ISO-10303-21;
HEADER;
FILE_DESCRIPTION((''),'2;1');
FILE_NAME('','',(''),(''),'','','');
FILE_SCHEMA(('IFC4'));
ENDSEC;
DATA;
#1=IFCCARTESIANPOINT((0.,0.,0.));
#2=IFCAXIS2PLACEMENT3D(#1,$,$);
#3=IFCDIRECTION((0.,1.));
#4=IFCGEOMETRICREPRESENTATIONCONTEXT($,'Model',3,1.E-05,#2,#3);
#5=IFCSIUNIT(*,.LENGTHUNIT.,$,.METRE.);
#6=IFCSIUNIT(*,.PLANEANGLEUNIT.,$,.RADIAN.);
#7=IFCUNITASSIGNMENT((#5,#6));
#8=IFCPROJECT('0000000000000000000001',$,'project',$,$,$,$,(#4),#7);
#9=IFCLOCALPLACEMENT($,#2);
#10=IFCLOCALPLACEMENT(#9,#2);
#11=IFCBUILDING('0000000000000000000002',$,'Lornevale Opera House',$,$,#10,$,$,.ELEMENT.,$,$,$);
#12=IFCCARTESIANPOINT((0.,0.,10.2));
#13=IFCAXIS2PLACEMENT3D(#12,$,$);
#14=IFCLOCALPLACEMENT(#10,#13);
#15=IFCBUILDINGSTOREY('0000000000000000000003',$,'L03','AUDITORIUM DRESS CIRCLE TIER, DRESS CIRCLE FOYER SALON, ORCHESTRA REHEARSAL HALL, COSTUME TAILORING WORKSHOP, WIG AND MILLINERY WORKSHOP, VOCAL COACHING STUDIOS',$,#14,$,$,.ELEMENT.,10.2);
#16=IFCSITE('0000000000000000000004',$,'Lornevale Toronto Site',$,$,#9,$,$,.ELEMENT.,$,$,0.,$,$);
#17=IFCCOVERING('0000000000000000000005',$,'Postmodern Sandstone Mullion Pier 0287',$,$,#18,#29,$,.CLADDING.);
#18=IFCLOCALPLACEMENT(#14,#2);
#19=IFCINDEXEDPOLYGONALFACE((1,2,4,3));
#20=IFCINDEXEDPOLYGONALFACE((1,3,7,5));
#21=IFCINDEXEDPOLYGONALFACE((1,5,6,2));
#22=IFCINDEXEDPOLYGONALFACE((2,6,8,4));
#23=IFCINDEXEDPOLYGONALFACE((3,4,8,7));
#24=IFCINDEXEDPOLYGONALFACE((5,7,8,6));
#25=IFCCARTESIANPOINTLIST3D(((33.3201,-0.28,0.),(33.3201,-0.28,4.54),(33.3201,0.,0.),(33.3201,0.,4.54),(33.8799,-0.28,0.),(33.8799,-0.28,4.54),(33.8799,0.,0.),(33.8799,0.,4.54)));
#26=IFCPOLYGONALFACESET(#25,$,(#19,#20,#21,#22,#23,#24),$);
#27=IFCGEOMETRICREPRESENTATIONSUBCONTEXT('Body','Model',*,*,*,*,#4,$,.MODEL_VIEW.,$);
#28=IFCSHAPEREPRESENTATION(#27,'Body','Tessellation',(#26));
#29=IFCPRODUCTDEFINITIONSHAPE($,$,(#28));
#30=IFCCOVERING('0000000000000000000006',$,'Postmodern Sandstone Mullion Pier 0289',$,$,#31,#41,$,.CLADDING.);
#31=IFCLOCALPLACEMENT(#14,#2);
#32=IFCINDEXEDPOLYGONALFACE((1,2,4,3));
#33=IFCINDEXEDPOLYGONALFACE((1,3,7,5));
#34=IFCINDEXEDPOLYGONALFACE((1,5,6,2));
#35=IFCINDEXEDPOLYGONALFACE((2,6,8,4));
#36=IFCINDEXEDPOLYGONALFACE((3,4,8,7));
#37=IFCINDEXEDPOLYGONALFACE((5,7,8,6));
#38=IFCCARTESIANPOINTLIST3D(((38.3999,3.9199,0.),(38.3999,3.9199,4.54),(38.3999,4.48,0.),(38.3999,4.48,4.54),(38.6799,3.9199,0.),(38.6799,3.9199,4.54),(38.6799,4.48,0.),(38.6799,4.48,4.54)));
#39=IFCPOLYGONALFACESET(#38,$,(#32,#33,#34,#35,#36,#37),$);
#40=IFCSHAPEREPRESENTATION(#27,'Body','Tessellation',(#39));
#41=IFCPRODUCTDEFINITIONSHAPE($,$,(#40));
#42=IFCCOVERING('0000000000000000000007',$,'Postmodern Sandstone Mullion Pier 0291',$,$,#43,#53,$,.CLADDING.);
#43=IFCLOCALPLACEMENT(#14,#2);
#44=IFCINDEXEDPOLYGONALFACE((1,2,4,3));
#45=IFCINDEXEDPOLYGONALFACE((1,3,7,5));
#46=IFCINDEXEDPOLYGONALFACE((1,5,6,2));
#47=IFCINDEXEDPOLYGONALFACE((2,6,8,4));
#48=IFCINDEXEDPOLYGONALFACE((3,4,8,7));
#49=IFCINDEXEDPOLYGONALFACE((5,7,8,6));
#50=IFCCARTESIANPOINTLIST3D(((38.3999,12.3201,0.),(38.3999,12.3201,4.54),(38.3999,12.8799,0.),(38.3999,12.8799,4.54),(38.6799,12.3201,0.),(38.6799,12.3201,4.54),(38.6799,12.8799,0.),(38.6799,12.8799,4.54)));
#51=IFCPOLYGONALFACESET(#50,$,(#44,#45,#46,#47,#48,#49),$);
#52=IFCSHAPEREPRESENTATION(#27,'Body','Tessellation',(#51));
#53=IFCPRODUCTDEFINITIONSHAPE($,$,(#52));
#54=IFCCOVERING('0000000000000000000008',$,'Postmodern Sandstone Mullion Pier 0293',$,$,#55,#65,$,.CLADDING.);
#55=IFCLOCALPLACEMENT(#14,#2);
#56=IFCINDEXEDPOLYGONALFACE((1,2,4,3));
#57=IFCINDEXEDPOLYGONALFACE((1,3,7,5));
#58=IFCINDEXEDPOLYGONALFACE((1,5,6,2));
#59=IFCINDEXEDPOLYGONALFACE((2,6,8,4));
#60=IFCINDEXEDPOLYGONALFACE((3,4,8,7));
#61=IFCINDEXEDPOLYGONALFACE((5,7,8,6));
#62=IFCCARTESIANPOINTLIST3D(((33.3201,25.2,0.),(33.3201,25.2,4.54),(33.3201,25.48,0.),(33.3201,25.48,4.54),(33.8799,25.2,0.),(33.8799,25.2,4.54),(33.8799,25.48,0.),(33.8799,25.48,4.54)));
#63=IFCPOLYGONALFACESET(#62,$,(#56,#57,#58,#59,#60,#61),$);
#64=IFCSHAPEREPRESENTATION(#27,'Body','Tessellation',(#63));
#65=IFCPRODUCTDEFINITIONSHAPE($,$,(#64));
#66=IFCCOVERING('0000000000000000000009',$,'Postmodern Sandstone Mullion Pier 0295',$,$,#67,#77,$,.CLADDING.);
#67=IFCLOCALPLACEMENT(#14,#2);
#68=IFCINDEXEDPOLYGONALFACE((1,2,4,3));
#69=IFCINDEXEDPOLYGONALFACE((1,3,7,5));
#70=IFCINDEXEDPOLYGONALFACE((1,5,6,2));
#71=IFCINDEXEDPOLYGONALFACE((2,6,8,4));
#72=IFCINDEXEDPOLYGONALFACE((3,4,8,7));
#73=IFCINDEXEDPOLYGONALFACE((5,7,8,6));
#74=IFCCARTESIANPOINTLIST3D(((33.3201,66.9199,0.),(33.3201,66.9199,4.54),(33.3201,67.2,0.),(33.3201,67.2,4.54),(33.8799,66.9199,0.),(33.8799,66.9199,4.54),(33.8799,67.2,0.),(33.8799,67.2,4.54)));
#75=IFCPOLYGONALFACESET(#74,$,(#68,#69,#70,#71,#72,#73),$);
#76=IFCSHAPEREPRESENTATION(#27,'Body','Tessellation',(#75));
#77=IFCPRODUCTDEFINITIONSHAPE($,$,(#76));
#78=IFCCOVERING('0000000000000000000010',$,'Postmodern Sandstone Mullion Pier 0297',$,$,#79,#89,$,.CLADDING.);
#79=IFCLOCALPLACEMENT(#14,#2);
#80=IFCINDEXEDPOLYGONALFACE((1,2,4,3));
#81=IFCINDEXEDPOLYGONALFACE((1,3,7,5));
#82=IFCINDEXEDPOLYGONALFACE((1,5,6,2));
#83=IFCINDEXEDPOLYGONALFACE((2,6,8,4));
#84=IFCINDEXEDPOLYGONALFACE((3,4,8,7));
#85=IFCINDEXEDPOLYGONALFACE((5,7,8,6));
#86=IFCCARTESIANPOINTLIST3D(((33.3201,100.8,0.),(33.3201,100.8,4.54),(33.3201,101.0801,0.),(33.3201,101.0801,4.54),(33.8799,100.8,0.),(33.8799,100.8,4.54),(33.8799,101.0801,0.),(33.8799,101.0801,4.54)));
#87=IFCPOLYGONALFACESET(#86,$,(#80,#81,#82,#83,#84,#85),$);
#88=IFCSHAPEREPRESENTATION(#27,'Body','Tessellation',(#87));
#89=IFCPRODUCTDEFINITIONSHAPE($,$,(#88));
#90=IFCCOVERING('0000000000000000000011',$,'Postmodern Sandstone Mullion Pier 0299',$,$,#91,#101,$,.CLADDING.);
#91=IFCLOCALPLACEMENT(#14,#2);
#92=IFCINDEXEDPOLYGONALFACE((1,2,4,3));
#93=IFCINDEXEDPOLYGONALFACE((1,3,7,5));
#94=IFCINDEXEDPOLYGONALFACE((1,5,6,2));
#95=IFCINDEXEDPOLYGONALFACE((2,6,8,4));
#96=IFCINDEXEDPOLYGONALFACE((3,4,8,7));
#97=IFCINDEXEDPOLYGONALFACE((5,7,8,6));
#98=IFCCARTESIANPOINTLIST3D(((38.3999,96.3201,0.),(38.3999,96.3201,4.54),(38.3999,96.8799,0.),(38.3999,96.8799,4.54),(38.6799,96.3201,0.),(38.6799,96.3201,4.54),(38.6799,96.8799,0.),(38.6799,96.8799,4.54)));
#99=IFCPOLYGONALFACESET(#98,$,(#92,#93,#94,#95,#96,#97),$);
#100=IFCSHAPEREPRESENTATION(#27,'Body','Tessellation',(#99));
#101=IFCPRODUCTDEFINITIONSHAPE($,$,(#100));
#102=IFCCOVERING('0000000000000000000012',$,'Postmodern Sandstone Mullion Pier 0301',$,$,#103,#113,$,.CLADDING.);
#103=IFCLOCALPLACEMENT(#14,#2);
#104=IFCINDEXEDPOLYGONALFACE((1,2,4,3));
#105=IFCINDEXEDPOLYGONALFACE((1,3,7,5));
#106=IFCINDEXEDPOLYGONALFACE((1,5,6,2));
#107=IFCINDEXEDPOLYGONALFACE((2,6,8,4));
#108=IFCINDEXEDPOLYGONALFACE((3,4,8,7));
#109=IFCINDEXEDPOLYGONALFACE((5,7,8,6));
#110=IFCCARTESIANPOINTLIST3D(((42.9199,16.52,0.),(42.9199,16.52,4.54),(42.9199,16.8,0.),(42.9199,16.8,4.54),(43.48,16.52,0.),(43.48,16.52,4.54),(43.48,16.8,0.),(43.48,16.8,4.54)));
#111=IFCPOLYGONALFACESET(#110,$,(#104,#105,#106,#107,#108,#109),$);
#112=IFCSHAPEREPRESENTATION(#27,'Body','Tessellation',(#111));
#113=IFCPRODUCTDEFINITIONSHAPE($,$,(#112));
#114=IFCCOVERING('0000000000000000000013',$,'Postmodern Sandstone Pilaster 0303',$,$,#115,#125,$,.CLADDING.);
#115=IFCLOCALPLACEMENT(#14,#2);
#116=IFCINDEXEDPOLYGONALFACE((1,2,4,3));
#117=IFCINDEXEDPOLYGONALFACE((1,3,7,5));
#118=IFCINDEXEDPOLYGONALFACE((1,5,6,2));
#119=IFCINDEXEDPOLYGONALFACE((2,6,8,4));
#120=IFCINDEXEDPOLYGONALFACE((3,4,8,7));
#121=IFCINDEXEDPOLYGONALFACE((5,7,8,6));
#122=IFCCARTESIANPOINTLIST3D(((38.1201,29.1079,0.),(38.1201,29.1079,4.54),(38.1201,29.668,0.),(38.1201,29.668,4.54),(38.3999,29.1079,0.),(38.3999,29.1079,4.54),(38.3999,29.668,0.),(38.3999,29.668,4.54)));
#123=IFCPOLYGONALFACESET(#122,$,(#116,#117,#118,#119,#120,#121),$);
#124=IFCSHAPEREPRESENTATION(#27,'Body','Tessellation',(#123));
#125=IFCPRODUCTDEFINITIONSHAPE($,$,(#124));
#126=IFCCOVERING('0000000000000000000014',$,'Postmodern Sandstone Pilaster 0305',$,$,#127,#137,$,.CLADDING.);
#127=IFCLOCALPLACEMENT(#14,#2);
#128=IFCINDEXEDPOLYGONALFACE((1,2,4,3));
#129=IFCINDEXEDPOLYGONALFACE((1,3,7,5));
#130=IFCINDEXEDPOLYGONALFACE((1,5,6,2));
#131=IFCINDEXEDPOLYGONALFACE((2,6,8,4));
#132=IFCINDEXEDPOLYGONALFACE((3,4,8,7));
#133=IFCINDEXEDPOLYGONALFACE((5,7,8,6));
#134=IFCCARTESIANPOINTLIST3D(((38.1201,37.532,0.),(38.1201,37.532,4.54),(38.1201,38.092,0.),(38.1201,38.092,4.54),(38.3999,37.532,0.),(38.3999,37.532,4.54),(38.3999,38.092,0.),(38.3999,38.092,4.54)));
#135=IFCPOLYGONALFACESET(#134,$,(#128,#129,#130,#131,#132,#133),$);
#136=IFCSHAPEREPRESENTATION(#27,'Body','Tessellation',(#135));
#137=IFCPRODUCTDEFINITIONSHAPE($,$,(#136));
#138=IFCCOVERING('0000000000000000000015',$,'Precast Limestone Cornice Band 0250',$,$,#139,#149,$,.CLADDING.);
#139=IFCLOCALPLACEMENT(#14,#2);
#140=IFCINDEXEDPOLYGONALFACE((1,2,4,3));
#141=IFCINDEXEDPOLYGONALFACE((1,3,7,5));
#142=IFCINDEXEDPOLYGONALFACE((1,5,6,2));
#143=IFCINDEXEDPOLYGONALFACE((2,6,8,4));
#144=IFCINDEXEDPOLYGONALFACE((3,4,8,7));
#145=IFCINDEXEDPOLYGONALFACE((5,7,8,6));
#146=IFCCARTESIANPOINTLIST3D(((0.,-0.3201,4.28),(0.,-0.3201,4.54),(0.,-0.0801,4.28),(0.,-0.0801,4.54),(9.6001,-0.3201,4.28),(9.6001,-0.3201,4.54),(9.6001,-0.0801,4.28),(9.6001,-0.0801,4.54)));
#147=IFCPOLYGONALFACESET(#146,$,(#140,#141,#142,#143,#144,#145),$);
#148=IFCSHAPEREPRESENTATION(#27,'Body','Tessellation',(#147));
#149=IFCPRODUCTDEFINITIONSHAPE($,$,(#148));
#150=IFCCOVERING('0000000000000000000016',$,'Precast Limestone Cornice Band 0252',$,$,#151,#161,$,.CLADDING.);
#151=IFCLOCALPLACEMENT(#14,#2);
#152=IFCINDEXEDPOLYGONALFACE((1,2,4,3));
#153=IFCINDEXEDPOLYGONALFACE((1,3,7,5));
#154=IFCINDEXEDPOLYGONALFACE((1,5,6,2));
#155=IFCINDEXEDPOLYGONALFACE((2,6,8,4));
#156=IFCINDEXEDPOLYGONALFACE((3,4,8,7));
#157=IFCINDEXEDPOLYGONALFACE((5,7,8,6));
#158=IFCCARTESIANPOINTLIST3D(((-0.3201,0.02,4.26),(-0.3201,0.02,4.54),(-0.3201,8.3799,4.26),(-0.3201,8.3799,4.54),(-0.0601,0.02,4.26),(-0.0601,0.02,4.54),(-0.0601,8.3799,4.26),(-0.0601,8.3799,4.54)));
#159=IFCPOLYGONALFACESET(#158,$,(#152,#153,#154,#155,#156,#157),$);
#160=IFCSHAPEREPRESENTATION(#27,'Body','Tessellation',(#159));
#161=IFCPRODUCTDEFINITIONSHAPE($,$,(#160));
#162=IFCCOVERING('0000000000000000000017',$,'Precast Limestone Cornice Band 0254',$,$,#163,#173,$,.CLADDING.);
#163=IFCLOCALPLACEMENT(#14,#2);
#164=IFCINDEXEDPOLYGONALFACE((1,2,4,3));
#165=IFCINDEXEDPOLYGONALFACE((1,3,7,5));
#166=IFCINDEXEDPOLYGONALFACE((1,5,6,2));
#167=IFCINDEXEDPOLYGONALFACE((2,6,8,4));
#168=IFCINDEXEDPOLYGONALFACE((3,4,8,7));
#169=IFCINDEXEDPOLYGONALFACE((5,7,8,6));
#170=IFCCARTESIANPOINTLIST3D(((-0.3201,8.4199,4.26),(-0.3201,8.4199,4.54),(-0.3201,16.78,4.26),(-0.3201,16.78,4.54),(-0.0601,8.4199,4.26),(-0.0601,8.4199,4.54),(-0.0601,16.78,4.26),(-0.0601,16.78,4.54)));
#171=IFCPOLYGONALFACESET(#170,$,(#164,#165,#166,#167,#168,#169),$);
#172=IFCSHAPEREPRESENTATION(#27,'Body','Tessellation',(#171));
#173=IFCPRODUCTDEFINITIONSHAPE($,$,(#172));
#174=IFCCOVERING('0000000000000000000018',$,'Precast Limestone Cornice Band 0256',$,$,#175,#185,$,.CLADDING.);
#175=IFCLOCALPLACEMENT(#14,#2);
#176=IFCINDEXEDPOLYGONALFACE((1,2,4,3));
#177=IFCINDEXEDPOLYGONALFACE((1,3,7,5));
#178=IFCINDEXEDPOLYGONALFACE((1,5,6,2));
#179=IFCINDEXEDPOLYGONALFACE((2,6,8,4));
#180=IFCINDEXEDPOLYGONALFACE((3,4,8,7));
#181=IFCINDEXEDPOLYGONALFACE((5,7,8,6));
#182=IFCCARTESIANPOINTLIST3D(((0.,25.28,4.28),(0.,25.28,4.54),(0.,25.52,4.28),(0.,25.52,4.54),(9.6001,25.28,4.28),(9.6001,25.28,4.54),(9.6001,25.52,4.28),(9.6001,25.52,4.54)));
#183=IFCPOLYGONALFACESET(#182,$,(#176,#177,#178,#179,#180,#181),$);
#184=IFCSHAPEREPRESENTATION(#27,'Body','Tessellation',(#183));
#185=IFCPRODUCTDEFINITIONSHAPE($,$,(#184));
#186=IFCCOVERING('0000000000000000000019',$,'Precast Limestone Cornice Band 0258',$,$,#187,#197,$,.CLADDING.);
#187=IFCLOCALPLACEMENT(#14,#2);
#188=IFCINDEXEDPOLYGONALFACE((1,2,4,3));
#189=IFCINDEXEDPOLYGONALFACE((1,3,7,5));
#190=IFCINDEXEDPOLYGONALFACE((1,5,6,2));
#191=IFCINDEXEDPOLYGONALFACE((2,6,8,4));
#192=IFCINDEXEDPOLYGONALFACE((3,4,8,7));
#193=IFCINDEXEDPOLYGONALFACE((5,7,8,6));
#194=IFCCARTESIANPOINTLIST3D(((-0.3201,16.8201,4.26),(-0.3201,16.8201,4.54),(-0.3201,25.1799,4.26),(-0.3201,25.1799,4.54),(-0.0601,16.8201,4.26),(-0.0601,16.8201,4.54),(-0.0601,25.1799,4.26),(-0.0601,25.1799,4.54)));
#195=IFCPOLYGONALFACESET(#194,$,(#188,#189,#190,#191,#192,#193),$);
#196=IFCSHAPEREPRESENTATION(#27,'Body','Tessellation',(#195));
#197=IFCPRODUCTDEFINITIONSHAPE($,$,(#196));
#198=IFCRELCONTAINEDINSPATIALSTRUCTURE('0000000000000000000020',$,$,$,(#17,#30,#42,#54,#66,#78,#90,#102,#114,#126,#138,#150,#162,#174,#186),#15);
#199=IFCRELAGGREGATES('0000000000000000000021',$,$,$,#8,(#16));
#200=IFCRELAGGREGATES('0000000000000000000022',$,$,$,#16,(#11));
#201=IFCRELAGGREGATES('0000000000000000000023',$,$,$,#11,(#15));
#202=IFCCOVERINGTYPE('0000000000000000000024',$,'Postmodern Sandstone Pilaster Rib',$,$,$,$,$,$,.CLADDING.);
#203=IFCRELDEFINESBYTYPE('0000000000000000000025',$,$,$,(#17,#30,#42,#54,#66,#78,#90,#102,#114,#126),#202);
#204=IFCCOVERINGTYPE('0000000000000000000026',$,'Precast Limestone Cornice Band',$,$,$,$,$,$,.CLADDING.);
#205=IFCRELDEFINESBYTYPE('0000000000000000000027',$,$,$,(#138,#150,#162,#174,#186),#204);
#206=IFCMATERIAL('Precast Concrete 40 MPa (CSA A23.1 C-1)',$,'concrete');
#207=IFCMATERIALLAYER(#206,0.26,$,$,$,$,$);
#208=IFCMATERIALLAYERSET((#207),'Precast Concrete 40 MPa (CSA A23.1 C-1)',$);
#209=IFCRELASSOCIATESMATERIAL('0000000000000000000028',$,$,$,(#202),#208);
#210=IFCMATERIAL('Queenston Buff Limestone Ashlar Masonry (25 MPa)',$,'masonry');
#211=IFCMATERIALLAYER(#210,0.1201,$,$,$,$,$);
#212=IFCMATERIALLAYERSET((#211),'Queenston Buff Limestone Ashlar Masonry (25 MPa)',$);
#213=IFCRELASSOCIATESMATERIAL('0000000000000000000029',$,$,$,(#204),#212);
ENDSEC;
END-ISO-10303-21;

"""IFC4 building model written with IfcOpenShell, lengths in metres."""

from ifc_helpers import new_model, si_unit, direction, frame, origin, place, context, subcontext, project, spatial, polyline, outline, extrude, material, layer, layer_set, type_object, element, save


model = new_model("IFC4")

# Units and contexts
model_context = context("Model", 3, precision=1e-05, world=origin(), true_north=direction((0.0, 1.0)))
body_context = subcontext(model_context, "Body", "Model", "MODEL_VIEW")
ifc_project = project(units=[si_unit("LENGTHUNIT", "METRE"), si_unit("PLANEANGLEUNIT", "RADIAN")], contexts=[model_context])

# Site, building, storey
site_placement = place(None, origin())
site = spatial("IfcSite", under=ifc_project, at=site_placement, Name="Lornevale Toronto Site", CompositionType="ELEMENT", RefElevation=0.0)
building_placement = place(site_placement, origin())
building = spatial("IfcBuilding", under=site, at=building_placement, Name="Lornevale Opera House", CompositionType="ELEMENT")
storey_placement = place(building_placement, frame((0.0, 0.0, 10.2)))
storey = spatial("IfcBuildingStorey", under=building, at=storey_placement, Name="L03", Description="AUDITORIUM DRESS CIRCLE TIER, DRESS CIRCLE FOYER SALON, ORCHESTRA REHEARSAL HALL, COSTUME TAILORING WORKSHOP, WIG AND MILLINERY WORKSHOP, VOCAL COACHING STUDIOS", CompositionType="ELEMENT", Elevation=10.2)

# Coverings
ifc_material_1 = material(Name="Precast Concrete 40 MPa (CSA A23.1 C-1)", Category="concrete")
ifc_layer_1 = layer(ifc_material_1, 0.26)
ifc_layer_set_1 = layer_set([ifc_layer_1], Name="Precast Concrete 40 MPa (CSA A23.1 C-1)")
covering_type_1 = type_object("IfcCoveringType", Name="Postmodern Sandstone Pilaster Rib", PredefinedType="CLADDING", material=ifc_layer_set_1)
covering_1_placement = place(storey_placement, origin())
element("IfcCovering", 1, at=covering_1_placement, inside=storey, type_object=covering_type_1, Name="Postmodern Sandstone Mullion Pier 0287", PredefinedType="CLADDING", context=body_context, shape_type="SweptSolid", body=[
    extrude(outline(polyline([(33.8799, 0.0), (33.3201, 0.0), (33.3201, -0.28), (33.8799, -0.28), (33.8799, 0.0)])), origin(), (0.0, 0.0, 1.0), 4.54),
])
covering_2_placement = place(storey_placement, origin())
element("IfcCovering", 2, at=covering_2_placement, inside=storey, type_object=covering_type_1, Name="Postmodern Sandstone Mullion Pier 0289", PredefinedType="CLADDING", context=body_context, shape_type="SweptSolid", body=[
    extrude(outline(polyline([(38.3999, 4.48), (38.3999, 3.9199), (38.6799, 3.9199), (38.6799, 4.48), (38.3999, 4.48)])), origin(), (0.0, 0.0, 1.0), 4.54),
])
covering_3_placement = place(storey_placement, origin())
element("IfcCovering", 3, at=covering_3_placement, inside=storey, type_object=covering_type_1, Name="Postmodern Sandstone Mullion Pier 0291", PredefinedType="CLADDING", context=body_context, shape_type="SweptSolid", body=[
    extrude(outline(polyline([(38.3999, 12.8799), (38.3999, 12.3201), (38.6799, 12.3201), (38.6799, 12.8799), (38.3999, 12.8799)])), origin(), (0.0, 0.0, 1.0), 4.54),
])
covering_4_placement = place(storey_placement, origin())
element("IfcCovering", 4, at=covering_4_placement, inside=storey, type_object=covering_type_1, Name="Postmodern Sandstone Mullion Pier 0293", PredefinedType="CLADDING", context=body_context, shape_type="SweptSolid", body=[
    extrude(outline(polyline([(33.3201, 25.2), (33.8799, 25.2), (33.8799, 25.48), (33.3201, 25.48), (33.3201, 25.2)])), origin(), (0.0, 0.0, 1.0), 4.54),
])
covering_5_placement = place(storey_placement, origin())
element("IfcCovering", 5, at=covering_5_placement, inside=storey, type_object=covering_type_1, Name="Postmodern Sandstone Mullion Pier 0295", PredefinedType="CLADDING", context=body_context, shape_type="SweptSolid", body=[
    extrude(outline(polyline([(33.8799, 67.2), (33.3201, 67.2), (33.3201, 66.9199), (33.8799, 66.9199), (33.8799, 67.2)])), origin(), (0.0, 0.0, 1.0), 4.54),
])
covering_6_placement = place(storey_placement, origin())
element("IfcCovering", 6, at=covering_6_placement, inside=storey, type_object=covering_type_1, Name="Postmodern Sandstone Mullion Pier 0297", PredefinedType="CLADDING", context=body_context, shape_type="SweptSolid", body=[
    extrude(outline(polyline([(33.3201, 100.8), (33.8799, 100.8), (33.8799, 101.0801), (33.3201, 101.0801), (33.3201, 100.8)])), origin(), (0.0, 0.0, 1.0), 4.54),
])
covering_7_placement = place(storey_placement, origin())
element("IfcCovering", 7, at=covering_7_placement, inside=storey, type_object=covering_type_1, Name="Postmodern Sandstone Mullion Pier 0299", PredefinedType="CLADDING", context=body_context, shape_type="SweptSolid", body=[
    extrude(outline(polyline([(38.3999, 96.8799), (38.3999, 96.3201), (38.6799, 96.3201), (38.6799, 96.8799), (38.3999, 96.8799)])), origin(), (0.0, 0.0, 1.0), 4.54),
])
covering_8_placement = place(storey_placement, origin())
element("IfcCovering", 8, at=covering_8_placement, inside=storey, type_object=covering_type_1, Name="Postmodern Sandstone Mullion Pier 0301", PredefinedType="CLADDING", context=body_context, shape_type="SweptSolid", body=[
    extrude(outline(polyline([(43.48, 16.8), (42.9199, 16.8), (42.9199, 16.52), (43.48, 16.52), (43.48, 16.8)])), origin(), (0.0, 0.0, 1.0), 4.54),
])
covering_9_placement = place(storey_placement, origin())
element("IfcCovering", 9, at=covering_9_placement, inside=storey, type_object=covering_type_1, Name="Postmodern Sandstone Pilaster 0303", PredefinedType="CLADDING", context=body_context, shape_type="SweptSolid", body=[
    extrude(outline(polyline([(38.3999, 29.1079), (38.3999, 29.668), (38.1201, 29.668), (38.1201, 29.1079), (38.3999, 29.1079)])), origin(), (0.0, 0.0, 1.0), 4.54),
])
covering_10_placement = place(storey_placement, origin())
element("IfcCovering", 10, at=covering_10_placement, inside=storey, type_object=covering_type_1, Name="Postmodern Sandstone Pilaster 0305", PredefinedType="CLADDING", context=body_context, shape_type="SweptSolid", body=[
    extrude(outline(polyline([(38.3999, 37.532), (38.3999, 38.092), (38.1201, 38.092), (38.1201, 37.532), (38.3999, 37.532)])), origin(), (0.0, 0.0, 1.0), 4.54),
])
ifc_material_2 = material(Name="Queenston Buff Limestone Ashlar Masonry (25 MPa)", Category="masonry")
ifc_layer_2 = layer(ifc_material_2, 0.1201)
ifc_layer_set_2 = layer_set([ifc_layer_2], Name="Queenston Buff Limestone Ashlar Masonry (25 MPa)")
covering_type_2 = type_object("IfcCoveringType", Name="Precast Limestone Cornice Band", PredefinedType="CLADDING", material=ifc_layer_set_2)
covering_11_placement = place(storey_placement, frame((0.0, 0.0, 4.28)))
element("IfcCovering", 11, at=covering_11_placement, inside=storey, type_object=covering_type_2, Name="Precast Limestone Cornice Band 0250", PredefinedType="CLADDING", context=body_context, shape_type="SweptSolid", body=[
    extrude(outline(polyline([(9.6001, -0.0801), (0.0, -0.0801), (0.0, -0.3201), (9.6001, -0.3201), (9.6001, -0.0801)])), origin(), (0.0, 0.0, 1.0), 0.26),
])
covering_12_placement = place(storey_placement, frame((0.0, 0.0, 4.26)))
element("IfcCovering", 12, at=covering_12_placement, inside=storey, type_object=covering_type_2, Name="Precast Limestone Cornice Band 0252", PredefinedType="CLADDING", context=body_context, shape_type="SweptSolid", body=[
    extrude(outline(polyline([(-0.0601, 0.02), (-0.0601, 8.3799), (-0.3201, 8.3799), (-0.3201, 0.02), (-0.0601, 0.02)])), origin(), (0.0, 0.0, 1.0), 0.28),
])
covering_13_placement = place(storey_placement, frame((0.0, 0.0, 4.26)))
element("IfcCovering", 13, at=covering_13_placement, inside=storey, type_object=covering_type_2, Name="Precast Limestone Cornice Band 0254", PredefinedType="CLADDING", context=body_context, shape_type="SweptSolid", body=[
    extrude(outline(polyline([(-0.0601, 8.4199), (-0.0601, 16.78), (-0.3201, 16.78), (-0.3201, 8.4199), (-0.0601, 8.4199)])), origin(), (0.0, 0.0, 1.0), 0.28),
])
covering_14_placement = place(storey_placement, frame((0.0, 0.0, 4.28)))
element("IfcCovering", 14, at=covering_14_placement, inside=storey, type_object=covering_type_2, Name="Precast Limestone Cornice Band 0256", PredefinedType="CLADDING", context=body_context, shape_type="SweptSolid", body=[
    extrude(outline(polyline([(0.0, 25.28), (9.6001, 25.28), (9.6001, 25.52), (0.0, 25.52), (0.0, 25.28)])), origin(), (0.0, 0.0, 1.0), 0.26),
])
covering_15_placement = place(storey_placement, frame((0.0, 0.0, 4.26)))
element("IfcCovering", 15, at=covering_15_placement, inside=storey, type_object=covering_type_2, Name="Precast Limestone Cornice Band 0258", PredefinedType="CLADDING", context=body_context, shape_type="SweptSolid", body=[
    extrude(outline(polyline([(-0.0601, 16.8201), (-0.0601, 25.1799), (-0.3201, 25.1799), (-0.3201, 16.8201), (-0.0601, 16.8201)])), origin(), (0.0, 0.0, 1.0), 0.28),
])

save(model, "model.ifc")
